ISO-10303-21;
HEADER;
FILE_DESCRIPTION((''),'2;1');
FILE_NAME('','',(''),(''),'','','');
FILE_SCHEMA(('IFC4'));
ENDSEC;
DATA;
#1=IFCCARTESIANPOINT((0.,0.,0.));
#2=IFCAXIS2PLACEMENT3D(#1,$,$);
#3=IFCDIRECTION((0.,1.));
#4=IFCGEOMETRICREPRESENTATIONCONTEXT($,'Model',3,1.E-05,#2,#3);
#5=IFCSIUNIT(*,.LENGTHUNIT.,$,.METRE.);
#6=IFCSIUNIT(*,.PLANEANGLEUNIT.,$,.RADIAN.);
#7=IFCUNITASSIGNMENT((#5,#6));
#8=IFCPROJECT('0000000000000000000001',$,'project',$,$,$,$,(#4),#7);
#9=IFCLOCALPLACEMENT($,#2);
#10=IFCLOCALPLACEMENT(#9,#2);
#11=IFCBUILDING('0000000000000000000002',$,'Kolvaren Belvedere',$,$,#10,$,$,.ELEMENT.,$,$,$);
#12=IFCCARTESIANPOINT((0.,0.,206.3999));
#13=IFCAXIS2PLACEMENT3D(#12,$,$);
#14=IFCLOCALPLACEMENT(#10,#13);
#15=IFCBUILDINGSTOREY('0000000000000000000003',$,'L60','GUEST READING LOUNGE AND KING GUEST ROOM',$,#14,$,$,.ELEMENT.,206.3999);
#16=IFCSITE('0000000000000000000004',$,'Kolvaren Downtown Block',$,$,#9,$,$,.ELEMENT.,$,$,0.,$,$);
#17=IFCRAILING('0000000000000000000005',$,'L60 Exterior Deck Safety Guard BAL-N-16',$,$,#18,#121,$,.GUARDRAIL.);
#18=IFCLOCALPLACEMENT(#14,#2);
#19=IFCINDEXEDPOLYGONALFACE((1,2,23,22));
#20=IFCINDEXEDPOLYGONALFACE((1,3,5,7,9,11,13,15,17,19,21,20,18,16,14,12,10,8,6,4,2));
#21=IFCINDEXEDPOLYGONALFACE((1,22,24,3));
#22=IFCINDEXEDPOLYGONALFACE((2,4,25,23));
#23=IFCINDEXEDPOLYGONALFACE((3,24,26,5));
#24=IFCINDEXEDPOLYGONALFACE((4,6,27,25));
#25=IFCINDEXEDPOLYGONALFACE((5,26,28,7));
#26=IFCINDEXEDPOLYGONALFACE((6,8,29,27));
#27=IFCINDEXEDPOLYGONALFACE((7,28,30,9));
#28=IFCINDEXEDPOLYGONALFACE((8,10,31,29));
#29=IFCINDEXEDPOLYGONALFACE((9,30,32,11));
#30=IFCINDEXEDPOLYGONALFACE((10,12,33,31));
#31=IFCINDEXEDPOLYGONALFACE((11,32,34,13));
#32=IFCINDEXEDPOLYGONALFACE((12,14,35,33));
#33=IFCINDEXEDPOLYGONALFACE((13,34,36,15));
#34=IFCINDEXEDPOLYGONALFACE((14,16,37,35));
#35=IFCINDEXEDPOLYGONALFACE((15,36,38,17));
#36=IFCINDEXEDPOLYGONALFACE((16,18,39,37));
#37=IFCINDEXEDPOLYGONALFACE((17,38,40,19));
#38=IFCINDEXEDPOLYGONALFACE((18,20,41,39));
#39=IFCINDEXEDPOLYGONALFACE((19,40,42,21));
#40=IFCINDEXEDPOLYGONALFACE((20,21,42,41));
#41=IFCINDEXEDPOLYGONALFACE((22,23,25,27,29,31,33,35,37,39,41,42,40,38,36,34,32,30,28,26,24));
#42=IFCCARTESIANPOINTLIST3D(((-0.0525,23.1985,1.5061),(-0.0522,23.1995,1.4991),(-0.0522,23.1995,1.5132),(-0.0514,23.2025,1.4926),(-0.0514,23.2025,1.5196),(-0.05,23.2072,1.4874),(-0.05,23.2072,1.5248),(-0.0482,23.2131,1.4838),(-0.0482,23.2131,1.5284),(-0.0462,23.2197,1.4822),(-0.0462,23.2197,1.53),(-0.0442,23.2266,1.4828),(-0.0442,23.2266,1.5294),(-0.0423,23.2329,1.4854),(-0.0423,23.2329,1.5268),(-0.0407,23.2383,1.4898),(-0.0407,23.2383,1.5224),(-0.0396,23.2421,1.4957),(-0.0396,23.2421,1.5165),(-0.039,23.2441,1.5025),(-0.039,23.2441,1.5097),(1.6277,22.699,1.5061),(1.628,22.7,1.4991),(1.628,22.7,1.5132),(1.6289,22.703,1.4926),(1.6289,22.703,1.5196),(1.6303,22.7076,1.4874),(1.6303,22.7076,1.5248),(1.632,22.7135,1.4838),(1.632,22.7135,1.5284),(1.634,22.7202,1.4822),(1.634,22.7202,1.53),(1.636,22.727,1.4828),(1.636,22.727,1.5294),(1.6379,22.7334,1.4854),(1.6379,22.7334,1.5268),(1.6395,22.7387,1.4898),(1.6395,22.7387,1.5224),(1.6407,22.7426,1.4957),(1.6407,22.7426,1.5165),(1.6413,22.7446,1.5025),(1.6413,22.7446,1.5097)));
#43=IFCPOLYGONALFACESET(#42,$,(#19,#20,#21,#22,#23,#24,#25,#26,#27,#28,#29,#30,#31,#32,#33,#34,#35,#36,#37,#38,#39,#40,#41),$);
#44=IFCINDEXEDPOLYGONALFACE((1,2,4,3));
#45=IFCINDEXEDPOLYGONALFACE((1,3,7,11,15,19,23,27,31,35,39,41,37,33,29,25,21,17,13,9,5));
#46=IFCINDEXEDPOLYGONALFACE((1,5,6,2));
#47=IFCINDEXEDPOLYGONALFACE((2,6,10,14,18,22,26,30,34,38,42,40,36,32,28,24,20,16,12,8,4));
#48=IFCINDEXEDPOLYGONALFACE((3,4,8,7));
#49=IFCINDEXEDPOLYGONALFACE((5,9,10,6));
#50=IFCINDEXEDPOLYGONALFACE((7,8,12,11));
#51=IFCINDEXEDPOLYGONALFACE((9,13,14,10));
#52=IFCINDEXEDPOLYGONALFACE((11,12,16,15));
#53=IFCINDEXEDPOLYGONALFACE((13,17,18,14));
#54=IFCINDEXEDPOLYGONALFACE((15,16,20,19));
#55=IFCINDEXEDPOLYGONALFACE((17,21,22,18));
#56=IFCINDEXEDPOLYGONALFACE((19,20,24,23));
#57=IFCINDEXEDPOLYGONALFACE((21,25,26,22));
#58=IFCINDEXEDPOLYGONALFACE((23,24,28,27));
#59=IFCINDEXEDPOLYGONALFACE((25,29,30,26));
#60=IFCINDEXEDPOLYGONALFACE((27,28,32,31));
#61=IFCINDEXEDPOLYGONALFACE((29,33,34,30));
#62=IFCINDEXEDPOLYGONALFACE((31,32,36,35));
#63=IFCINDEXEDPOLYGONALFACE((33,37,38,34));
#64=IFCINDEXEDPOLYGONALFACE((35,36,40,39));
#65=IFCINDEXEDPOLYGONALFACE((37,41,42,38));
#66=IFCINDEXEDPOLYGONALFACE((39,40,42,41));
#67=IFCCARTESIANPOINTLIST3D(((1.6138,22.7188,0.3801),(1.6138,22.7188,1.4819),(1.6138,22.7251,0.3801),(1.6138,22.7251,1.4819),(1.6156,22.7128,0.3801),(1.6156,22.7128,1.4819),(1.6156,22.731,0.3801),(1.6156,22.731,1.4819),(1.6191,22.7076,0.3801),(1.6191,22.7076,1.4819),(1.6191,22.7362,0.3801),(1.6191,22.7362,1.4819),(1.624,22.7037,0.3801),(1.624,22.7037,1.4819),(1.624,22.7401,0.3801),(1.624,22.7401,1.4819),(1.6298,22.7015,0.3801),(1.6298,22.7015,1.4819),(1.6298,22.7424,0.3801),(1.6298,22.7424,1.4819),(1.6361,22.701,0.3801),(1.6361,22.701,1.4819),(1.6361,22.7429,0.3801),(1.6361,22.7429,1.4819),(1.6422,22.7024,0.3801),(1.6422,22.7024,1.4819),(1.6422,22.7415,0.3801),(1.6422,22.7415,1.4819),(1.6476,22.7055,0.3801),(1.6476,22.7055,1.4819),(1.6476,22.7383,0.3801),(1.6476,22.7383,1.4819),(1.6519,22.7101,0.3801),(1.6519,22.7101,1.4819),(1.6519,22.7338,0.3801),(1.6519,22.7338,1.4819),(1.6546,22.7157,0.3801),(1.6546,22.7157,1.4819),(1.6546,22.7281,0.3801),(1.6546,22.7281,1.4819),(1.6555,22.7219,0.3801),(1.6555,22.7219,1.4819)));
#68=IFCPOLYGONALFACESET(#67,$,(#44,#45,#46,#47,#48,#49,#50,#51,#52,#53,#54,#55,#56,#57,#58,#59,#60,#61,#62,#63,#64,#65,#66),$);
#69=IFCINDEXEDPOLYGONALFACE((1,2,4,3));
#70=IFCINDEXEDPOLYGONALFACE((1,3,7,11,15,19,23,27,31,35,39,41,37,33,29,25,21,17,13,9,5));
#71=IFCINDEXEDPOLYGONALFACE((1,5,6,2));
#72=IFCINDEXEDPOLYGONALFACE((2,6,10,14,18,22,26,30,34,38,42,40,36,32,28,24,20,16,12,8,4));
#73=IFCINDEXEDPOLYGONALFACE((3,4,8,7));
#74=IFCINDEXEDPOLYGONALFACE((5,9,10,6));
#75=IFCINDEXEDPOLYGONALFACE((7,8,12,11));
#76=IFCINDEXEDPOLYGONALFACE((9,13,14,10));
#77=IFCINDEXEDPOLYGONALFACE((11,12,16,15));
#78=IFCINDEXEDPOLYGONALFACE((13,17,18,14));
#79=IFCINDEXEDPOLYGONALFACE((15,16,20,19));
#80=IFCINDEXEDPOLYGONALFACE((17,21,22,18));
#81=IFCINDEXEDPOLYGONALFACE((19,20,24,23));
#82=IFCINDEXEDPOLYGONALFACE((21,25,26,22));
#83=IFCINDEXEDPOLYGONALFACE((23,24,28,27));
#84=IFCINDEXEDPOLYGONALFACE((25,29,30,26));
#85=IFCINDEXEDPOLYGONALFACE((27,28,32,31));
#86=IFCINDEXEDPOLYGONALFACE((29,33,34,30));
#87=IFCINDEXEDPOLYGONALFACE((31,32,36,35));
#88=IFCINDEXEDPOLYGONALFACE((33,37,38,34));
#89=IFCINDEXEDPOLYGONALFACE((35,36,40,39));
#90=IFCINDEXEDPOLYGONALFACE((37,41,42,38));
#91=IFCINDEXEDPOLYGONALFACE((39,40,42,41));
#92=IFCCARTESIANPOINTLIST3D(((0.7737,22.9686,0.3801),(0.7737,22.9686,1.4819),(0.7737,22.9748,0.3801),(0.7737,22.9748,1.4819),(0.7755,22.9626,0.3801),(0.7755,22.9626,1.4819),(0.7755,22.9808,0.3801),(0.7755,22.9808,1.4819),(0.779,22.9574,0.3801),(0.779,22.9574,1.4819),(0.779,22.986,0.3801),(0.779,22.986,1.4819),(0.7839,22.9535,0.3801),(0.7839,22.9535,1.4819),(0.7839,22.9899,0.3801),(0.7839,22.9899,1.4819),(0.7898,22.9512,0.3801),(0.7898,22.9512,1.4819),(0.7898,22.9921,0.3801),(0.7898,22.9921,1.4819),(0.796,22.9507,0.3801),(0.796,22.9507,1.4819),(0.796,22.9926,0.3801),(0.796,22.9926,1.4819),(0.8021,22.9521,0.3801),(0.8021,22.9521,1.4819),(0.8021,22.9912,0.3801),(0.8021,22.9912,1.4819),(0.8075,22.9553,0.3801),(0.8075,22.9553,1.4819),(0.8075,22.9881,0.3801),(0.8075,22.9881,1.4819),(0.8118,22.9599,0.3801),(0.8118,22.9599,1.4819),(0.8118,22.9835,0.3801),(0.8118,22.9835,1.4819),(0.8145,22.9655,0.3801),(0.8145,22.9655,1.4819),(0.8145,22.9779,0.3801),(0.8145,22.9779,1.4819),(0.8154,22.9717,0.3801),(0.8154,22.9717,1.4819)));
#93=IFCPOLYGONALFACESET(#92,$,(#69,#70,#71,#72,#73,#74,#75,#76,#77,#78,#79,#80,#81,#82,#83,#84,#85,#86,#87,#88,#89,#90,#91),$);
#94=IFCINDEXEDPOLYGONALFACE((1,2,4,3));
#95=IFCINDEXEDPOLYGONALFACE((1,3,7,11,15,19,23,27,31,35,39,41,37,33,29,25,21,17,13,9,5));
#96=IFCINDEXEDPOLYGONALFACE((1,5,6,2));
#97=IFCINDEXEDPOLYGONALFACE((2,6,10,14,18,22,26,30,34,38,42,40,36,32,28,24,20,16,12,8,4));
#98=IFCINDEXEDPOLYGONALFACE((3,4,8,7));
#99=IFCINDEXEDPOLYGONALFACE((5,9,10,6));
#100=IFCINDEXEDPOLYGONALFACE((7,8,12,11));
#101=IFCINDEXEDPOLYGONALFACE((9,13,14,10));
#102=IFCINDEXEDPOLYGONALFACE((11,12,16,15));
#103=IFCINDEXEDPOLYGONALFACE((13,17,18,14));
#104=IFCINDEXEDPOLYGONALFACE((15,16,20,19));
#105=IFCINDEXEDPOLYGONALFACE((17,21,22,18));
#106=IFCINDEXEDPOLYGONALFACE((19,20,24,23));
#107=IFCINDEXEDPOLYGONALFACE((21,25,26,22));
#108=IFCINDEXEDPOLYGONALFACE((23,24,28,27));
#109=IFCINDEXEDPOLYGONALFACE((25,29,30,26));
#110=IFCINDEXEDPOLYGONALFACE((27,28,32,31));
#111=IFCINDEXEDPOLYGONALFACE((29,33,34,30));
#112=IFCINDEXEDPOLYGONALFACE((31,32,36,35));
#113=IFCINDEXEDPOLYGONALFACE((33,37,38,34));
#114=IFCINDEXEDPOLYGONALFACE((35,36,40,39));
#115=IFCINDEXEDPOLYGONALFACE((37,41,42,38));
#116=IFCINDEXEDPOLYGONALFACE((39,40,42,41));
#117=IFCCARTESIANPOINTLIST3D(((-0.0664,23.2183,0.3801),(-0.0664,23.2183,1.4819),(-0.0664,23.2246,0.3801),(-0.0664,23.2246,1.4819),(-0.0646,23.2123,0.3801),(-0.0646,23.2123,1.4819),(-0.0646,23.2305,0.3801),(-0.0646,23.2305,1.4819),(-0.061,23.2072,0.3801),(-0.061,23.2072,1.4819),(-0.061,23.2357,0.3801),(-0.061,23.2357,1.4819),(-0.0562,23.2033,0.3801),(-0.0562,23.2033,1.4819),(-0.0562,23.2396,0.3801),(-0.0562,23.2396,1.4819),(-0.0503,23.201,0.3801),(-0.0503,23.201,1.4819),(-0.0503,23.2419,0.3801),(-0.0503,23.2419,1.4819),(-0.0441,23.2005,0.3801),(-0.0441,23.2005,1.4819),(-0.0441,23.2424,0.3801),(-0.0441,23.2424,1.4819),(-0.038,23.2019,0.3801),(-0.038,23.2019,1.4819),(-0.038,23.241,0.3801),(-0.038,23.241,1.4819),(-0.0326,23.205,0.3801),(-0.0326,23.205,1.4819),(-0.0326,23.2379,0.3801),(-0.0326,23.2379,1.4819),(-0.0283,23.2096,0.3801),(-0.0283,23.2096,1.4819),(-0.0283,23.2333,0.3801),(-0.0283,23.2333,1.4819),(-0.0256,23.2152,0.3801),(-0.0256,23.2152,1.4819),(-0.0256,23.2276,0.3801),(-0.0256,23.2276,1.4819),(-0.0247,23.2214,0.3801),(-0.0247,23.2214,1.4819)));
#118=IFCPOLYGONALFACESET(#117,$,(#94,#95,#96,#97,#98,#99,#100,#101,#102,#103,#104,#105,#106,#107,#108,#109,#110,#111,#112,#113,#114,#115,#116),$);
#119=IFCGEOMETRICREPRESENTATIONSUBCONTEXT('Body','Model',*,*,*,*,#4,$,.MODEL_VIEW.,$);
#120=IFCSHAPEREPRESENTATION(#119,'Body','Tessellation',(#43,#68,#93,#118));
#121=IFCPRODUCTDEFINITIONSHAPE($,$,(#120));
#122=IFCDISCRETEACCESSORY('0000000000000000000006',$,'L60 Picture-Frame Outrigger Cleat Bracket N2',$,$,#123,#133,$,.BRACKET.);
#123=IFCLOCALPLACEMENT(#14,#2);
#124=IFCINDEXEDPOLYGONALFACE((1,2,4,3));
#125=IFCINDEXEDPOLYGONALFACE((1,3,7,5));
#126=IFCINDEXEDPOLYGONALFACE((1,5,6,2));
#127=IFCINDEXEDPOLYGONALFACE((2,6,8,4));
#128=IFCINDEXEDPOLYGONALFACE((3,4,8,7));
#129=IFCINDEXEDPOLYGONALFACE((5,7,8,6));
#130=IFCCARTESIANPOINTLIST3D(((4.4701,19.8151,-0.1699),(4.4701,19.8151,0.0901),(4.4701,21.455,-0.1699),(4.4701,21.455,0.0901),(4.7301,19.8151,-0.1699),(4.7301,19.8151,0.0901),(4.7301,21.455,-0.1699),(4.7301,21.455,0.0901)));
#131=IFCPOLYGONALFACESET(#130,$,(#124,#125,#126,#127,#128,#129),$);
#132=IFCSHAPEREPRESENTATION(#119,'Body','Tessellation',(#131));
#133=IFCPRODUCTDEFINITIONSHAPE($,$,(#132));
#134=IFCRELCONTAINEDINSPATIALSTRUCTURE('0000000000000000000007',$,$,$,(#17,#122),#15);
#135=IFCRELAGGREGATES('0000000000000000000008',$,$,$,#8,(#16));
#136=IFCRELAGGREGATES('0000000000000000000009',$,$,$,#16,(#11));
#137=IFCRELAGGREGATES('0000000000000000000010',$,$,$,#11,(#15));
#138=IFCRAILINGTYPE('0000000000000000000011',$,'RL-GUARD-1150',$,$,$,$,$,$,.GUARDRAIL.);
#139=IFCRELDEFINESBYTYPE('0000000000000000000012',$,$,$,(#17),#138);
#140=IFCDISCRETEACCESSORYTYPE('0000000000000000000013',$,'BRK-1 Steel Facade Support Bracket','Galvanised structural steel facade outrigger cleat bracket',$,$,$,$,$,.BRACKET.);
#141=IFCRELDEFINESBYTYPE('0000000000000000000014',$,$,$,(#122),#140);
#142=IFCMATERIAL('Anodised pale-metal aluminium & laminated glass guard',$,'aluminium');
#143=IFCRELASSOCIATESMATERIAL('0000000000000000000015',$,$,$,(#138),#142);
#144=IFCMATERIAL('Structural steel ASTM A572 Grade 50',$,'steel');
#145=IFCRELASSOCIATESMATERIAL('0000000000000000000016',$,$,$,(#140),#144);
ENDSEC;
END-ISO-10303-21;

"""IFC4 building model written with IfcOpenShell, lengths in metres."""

from ifc_helpers import new_model, si_unit, direction, frame, origin, origin_2d, place, context, subcontext, project, spatial, rectangle, circle, extrude, material, type_object, element, save


model = new_model("IFC4")

# Units and contexts
model_context = context("Model", 3, precision=1e-05, world=origin(), true_north=direction((0.0, 1.0)))
body_context = subcontext(model_context, "Body", "Model", "MODEL_VIEW")
ifc_project = project(units=[si_unit("LENGTHUNIT", "METRE"), si_unit("PLANEANGLEUNIT", "RADIAN")], contexts=[model_context])

# Site, building, storey
site_placement = place(None, origin())
site = spatial("IfcSite", under=ifc_project, at=site_placement, Name="Kolvaren Downtown Block", CompositionType="ELEMENT", RefElevation=0.0)
building_placement = place(site_placement, origin())
building = spatial("IfcBuilding", under=site, at=building_placement, Name="Kolvaren Belvedere", CompositionType="ELEMENT")
storey_placement = place(building_placement, frame((0.0, 0.0, 206.3999)))
storey = spatial("IfcBuildingStorey", under=building, at=storey_placement, Name="L60", Description="GUEST READING LOUNGE AND KING GUEST ROOM", CompositionType="ELEMENT", Elevation=206.3999)

# Railing
ifc_material_1 = material(Name="Anodised pale-metal aluminium & laminated glass guard", Category="aluminium")
railing_type = type_object("IfcRailingType", Name="RL-GUARD-1150", PredefinedType="GUARDRAIL", material=ifc_material_1)
railing_1_placement = place(storey_placement, frame((1.6345, 22.7219, 0.3801)))
element("IfcRailing", 1, at=railing_1_placement, inside=storey, type_object=railing_type, Name="L60 Exterior Deck Safety Guard BAL-N-16", PredefinedType="GUARDRAIL", context=body_context, shape_type="SweptSolid", body=[
    extrude(circle(Radius=0.0239, at=origin_2d()), frame((0.0, 0.0, 1.126), z_axis=(-0.958536, 0.28497, 0.0), x_axis=(-0.28497, -0.958536, 0.0)), (0.0, 0.0, 1.0), 1.7529),
    extrude(circle(Radius=0.021, at=origin_2d()), origin(), (0.0, 0.0, 1.0), 1.1018),
    extrude(circle(Radius=0.021, at=origin_2d()), frame((-0.8401, 0.2498, 0.0)), (0.0, 0.0, 1.0), 1.1018),
    extrude(circle(Radius=0.021, at=origin_2d()), frame((-1.6802, 0.4995, 0.0)), (0.0, 0.0, 1.0), 1.1018),
])

# Discrete accessory
ifc_material_2 = material(Name="Structural steel ASTM A572 Grade 50", Category="steel")
discrete_accessory_type = type_object("IfcDiscreteAccessoryType", Name="BRK-1 Steel Facade Support Bracket", Description="Galvanised structural steel facade outrigger cleat bracket", PredefinedType="BRACKET", material=ifc_material_2)
discrete_accessory_placement = place(storey_placement, frame((4.6001, 20.635, -0.1699), z_axis=(0.0, 0.0, 1.0), x_axis=(0.0, 1.0, 0.0)))
element("IfcDiscreteAccessory", 2, at=discrete_accessory_placement, inside=storey, type_object=discrete_accessory_type, Name="L60 Picture-Frame Outrigger Cleat Bracket N2", PredefinedType="BRACKET", context=body_context, shape_type="SweptSolid", body=[
    extrude(rectangle(XDim=1.6399, YDim=0.26, at=origin_2d()), origin(), (0.0, 0.0, 1.0), 0.26),
])

save(model, "model.ifc")
